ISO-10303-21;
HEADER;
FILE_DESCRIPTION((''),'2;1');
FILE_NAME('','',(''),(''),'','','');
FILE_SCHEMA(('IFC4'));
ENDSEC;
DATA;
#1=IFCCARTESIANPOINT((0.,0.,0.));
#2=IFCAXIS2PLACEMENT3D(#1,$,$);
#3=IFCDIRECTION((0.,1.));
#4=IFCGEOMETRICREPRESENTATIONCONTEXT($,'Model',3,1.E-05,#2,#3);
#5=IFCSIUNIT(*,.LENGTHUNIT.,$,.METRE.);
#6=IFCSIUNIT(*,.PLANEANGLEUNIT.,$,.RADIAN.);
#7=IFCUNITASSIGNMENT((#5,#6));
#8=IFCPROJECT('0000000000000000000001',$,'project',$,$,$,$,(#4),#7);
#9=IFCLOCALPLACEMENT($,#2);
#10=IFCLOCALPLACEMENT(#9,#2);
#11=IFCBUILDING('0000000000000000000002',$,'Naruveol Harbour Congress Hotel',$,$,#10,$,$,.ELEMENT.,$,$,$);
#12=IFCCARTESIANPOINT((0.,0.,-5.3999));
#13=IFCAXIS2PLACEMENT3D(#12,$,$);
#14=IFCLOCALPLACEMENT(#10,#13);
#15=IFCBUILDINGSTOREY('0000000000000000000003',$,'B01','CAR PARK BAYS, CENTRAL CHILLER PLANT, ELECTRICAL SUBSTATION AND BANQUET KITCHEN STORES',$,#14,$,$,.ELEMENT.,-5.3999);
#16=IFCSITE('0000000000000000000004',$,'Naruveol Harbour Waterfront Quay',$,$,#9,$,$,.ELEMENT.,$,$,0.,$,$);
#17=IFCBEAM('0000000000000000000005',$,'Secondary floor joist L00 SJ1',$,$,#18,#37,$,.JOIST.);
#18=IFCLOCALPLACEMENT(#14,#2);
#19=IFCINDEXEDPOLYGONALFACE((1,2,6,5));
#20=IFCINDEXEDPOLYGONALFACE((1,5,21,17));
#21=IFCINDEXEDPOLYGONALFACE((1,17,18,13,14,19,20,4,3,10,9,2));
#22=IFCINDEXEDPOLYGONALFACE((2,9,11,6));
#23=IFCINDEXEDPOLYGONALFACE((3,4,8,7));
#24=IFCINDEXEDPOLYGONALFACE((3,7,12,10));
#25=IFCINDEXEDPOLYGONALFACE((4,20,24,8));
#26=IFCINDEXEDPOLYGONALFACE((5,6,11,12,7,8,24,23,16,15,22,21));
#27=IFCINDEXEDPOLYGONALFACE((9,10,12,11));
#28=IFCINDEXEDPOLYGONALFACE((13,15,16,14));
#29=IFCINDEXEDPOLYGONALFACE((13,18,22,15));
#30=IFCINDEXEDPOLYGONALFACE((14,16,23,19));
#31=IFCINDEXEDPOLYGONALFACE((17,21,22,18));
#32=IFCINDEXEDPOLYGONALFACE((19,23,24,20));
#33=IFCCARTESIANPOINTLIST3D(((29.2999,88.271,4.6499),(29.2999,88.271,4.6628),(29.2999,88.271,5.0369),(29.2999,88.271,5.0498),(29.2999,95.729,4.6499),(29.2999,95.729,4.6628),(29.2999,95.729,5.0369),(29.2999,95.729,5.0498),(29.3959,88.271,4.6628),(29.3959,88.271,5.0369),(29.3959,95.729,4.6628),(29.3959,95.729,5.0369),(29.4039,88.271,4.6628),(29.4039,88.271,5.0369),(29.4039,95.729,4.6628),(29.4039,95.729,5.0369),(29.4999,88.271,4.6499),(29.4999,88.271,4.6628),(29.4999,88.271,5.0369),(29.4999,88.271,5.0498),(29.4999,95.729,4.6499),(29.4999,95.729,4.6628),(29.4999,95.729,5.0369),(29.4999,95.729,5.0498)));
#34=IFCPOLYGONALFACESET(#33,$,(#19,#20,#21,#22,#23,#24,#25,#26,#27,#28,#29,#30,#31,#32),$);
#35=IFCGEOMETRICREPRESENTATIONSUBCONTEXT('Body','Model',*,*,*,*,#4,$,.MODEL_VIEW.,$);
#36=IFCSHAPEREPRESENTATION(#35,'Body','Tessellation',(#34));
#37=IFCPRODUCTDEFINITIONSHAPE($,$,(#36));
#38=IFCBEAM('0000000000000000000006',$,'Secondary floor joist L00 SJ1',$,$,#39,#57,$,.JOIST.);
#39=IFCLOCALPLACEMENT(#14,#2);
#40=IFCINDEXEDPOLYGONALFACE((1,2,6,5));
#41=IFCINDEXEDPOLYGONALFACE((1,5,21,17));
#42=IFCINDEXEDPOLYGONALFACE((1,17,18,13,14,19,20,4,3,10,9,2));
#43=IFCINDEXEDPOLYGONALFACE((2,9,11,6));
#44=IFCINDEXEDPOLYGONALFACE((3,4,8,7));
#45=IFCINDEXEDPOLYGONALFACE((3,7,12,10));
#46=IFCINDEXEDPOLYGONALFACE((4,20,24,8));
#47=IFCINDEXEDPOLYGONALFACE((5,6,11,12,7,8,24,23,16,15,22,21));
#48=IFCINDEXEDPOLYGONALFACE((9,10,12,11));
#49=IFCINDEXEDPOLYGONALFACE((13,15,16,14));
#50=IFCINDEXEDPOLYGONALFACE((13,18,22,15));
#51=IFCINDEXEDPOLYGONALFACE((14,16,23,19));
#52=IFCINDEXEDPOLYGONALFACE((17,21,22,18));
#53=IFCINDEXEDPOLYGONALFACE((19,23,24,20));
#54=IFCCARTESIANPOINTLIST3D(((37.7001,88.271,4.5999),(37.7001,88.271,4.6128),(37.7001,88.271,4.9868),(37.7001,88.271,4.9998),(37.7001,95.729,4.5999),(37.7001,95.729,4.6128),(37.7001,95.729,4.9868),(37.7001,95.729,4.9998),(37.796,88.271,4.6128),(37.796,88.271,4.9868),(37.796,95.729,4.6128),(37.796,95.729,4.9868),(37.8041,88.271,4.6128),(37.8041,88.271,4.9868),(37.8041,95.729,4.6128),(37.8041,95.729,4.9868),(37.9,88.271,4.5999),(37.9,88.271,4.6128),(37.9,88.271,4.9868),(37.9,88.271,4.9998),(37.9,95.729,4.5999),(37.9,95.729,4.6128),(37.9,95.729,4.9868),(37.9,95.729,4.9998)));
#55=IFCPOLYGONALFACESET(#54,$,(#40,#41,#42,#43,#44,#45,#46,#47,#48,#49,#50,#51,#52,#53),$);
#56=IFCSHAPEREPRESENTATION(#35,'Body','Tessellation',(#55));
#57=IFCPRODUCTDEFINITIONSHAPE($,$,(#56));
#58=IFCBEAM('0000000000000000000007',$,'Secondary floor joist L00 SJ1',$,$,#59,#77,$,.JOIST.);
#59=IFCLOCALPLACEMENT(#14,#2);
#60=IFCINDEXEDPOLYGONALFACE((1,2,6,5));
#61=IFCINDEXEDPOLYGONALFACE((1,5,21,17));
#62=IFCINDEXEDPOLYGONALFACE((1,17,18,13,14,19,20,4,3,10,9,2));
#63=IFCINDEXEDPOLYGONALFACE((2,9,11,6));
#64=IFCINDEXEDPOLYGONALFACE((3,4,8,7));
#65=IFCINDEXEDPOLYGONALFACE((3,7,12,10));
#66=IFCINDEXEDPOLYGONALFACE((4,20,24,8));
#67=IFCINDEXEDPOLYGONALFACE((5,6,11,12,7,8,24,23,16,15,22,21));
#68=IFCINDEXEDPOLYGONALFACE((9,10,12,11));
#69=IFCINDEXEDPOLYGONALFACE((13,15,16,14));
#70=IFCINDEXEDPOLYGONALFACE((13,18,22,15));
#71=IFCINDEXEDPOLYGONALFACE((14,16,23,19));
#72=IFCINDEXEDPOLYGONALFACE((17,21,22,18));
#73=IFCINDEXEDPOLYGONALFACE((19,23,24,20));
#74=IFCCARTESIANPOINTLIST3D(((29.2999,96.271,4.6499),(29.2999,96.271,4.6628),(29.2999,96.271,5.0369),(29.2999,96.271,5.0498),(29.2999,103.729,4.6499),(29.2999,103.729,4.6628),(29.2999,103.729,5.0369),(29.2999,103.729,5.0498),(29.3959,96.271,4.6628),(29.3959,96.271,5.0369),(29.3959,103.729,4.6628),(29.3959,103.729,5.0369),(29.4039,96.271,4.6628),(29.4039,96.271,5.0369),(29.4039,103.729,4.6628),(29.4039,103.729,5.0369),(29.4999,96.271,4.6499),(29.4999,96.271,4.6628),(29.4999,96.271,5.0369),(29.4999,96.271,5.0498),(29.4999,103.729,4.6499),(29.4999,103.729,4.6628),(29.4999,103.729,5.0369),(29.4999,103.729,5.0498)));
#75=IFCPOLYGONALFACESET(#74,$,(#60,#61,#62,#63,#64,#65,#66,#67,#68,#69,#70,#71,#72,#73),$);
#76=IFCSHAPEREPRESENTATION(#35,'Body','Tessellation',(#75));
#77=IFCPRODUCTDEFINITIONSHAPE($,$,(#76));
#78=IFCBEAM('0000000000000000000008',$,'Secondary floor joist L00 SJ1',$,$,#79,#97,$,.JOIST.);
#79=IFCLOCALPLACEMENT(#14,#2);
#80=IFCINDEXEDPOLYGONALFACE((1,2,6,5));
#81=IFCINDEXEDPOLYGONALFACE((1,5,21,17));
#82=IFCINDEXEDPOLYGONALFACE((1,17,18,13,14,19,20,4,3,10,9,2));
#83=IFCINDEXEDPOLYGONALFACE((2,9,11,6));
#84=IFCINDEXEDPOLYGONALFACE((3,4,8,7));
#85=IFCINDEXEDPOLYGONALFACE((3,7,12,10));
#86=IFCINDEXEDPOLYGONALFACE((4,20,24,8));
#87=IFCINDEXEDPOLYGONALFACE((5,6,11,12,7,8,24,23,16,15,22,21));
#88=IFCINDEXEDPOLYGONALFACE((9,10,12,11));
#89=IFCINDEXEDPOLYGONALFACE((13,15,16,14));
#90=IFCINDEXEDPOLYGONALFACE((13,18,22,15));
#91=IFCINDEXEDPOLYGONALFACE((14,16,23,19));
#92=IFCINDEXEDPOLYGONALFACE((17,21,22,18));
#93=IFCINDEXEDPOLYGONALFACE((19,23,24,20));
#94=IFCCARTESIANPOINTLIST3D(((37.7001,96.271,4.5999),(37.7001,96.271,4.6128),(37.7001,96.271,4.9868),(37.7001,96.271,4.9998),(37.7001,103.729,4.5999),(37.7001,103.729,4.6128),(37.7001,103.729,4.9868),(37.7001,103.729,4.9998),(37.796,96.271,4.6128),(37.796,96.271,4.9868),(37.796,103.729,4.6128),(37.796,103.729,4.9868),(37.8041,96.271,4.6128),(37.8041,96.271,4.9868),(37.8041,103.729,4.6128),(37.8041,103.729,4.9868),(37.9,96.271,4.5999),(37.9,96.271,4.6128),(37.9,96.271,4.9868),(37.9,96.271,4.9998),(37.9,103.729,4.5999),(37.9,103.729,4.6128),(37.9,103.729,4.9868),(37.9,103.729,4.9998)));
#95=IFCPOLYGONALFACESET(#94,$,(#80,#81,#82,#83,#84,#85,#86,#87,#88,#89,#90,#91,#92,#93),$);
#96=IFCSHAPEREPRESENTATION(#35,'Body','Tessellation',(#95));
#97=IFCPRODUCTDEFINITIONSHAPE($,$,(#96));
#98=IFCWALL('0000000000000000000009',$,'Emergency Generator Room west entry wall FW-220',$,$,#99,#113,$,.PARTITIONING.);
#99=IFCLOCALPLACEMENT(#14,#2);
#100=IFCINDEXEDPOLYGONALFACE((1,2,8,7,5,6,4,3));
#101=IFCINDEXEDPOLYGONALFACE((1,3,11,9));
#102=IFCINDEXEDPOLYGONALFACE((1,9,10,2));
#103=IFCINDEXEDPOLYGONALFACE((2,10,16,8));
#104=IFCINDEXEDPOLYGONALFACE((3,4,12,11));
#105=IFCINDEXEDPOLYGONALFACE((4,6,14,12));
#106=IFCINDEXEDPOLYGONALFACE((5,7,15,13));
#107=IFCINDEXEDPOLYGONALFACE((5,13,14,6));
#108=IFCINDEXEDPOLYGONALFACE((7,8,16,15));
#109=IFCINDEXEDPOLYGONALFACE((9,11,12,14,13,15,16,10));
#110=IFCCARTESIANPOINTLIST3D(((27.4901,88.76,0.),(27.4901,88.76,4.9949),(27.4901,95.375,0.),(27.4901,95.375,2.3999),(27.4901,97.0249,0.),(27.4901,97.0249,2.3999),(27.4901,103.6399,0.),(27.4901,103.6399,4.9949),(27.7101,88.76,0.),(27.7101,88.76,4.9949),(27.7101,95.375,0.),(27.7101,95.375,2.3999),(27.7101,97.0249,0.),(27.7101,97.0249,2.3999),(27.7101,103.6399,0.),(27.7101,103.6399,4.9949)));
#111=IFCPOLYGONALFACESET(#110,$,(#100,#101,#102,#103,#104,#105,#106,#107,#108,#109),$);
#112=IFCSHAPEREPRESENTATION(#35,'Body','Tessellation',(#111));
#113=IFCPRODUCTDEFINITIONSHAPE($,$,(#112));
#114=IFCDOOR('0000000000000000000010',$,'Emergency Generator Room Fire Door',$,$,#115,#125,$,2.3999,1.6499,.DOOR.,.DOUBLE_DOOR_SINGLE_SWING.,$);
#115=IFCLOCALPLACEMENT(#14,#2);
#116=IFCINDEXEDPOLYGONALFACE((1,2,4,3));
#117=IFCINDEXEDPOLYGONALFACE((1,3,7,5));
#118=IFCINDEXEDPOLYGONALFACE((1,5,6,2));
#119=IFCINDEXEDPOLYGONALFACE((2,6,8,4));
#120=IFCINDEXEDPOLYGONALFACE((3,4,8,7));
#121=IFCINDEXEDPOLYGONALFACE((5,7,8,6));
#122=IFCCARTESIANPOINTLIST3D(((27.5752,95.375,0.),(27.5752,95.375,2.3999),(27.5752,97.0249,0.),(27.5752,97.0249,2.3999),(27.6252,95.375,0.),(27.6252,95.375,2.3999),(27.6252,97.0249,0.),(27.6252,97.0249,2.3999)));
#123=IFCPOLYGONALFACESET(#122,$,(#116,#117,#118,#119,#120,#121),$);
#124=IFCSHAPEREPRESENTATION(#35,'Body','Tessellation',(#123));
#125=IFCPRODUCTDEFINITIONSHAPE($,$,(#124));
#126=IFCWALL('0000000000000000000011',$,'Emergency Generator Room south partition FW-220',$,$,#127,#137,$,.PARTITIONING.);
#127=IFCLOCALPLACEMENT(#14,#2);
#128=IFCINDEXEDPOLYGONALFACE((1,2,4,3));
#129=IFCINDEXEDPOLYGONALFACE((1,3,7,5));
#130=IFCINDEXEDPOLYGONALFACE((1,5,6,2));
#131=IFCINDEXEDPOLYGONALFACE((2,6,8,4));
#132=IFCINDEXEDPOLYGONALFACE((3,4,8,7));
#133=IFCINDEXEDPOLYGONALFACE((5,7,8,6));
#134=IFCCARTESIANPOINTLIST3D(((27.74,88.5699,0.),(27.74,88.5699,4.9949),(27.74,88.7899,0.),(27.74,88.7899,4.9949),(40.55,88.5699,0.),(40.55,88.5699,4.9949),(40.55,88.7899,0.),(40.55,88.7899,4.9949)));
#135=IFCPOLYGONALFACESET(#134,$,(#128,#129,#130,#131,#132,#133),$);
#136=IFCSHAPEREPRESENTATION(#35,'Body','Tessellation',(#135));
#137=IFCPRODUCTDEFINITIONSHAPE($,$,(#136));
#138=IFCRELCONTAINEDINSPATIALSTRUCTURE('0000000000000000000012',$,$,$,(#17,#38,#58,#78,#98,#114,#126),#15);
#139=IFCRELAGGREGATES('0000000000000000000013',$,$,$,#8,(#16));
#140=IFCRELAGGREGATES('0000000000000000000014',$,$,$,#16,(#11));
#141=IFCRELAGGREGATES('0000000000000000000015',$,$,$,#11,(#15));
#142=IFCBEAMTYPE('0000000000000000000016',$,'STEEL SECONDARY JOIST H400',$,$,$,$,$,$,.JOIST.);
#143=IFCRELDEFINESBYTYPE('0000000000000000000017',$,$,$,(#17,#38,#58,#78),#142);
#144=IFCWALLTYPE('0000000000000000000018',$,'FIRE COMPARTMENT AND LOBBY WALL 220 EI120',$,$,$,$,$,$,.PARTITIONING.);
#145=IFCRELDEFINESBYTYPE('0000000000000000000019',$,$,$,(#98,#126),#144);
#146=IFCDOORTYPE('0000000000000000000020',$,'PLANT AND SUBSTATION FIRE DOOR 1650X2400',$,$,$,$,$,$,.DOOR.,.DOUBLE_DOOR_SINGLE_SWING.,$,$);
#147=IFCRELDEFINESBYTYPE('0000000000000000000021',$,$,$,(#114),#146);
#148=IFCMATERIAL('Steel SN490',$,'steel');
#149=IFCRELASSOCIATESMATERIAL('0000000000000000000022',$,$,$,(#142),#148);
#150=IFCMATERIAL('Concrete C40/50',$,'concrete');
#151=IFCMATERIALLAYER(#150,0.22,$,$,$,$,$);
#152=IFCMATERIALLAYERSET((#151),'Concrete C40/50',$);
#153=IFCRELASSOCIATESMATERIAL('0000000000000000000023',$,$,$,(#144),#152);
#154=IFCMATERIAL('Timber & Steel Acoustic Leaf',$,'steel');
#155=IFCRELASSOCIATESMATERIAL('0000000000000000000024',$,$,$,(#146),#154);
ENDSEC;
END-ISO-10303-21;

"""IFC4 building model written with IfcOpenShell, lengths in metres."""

from ifc_helpers import new_model, si_unit, direction, frame, frame_2d, origin, origin_2d, place, context, subcontext, project, spatial, rectangle, i_section, extrude, material, layer, layer_set, material_profile, profile_set, type_object, element, fill, save


model = new_model("IFC4")

# Units and contexts
model_context = context("Model", 3, precision=1e-05, world=origin(), true_north=direction((0.0, 1.0)))
body_context = subcontext(model_context, "Body", "Model", "MODEL_VIEW")
ifc_project = project(units=[si_unit("LENGTHUNIT", "METRE"), si_unit("PLANEANGLEUNIT", "RADIAN")], contexts=[model_context])

# Site, building, storey
site_placement = place(None, origin())
site = spatial("IfcSite", under=ifc_project, at=site_placement, Name="Naruveol Harbour Waterfront Quay", CompositionType="ELEMENT", RefElevation=0.0)
building_placement = place(site_placement, origin())
building = spatial("IfcBuilding", under=site, at=building_placement, Name="Naruveol Harbour Congress Hotel", CompositionType="ELEMENT")
storey_placement = place(building_placement, frame((0.0, 0.0, -5.3999)))
storey = spatial("IfcBuildingStorey", under=building, at=storey_placement, Name="B01", Description="CAR PARK BAYS, CENTRAL CHILLER PLANT, ELECTRICAL SUBSTATION AND BANQUET KITCHEN STORES", CompositionType="ELEMENT", Elevation=-5.3999)

# Beams
ifc_material_1 = material(Name="Steel SN490", Category="steel")
ifc_material_profile_1 = material_profile(ifc_material_1, i_section(OverallWidth=0.2, OverallDepth=0.3999, WebThickness=0.0081, FlangeThickness=0.0129, at=origin_2d()), Name="H-400x200x8x13")
ifc_profile_set_1 = profile_set([ifc_material_profile_1], Name="Steel SN490")
beam_type_1 = type_object("IfcBeamType", Name="STEEL SECONDARY JOIST H400", PredefinedType="JOIST", material=ifc_profile_set_1)
for number, where, z_axis, x_axis, name in (
    (1, (29.3999, 88.271, 4.8499), (0.0, 1.0, 0.0), (-1.0, 0.0, 0.0), "Secondary floor joist L00 SJ1"),
    (2, (37.8, 88.271, 4.7998), (0.0, 1.0, 0.0), (-1.0, 0.0, 0.0), "Secondary floor joist L00 SJ1"),
    (3, (29.3999, 96.271, 4.8499), (0.0, 1.0, 0.0), (-1.0, 0.0, 0.0), "Secondary floor joist L00 SJ1"),
    (4, (37.8, 96.271, 4.7998), (0.0, 1.0, 0.0), (-1.0, 0.0, 0.0), "Secondary floor joist L00 SJ1"),
):
    element("IfcBeam", number, at=place(storey_placement, frame(where, z_axis=z_axis, x_axis=x_axis)), inside=storey, type_object=beam_type_1, Name=name, PredefinedType="JOIST", context=body_context, shape_type="SweptSolid", body=[
        extrude(i_section(OverallWidth=0.2, OverallDepth=0.3999, WebThickness=0.0081, FlangeThickness=0.0129, at=origin_2d()), origin(), (0.0, 0.0, 1.0), 7.458),
    ])

# Wall, opening, door
ifc_material_2 = material(Name="Concrete C40/50", Category="concrete")
ifc_layer = layer(ifc_material_2, 0.22)
ifc_layer_set = layer_set([ifc_layer], Name="Concrete C40/50")
wall_type = type_object("IfcWallType", Name="FIRE COMPARTMENT AND LOBBY WALL 220 EI120", PredefinedType="PARTITIONING", material=ifc_layer_set)
wall_1_placement = place(storey_placement, frame((27.6001, 88.76, 0.0), z_axis=(0.0, 0.0, 1.0), x_axis=(0.0, 1.0, 0.0)))
wall_1 = element("IfcWall", 5, at=wall_1_placement, inside=storey, type_object=wall_type, Name="Emergency Generator Room west entry wall FW-220", PredefinedType="PARTITIONING", context=body_context, shape_type="SweptSolid", body=[
    extrude(rectangle(XDim=14.8799, YDim=0.22, at=frame_2d((7.4399, 0.0))), origin(), (0.0, 0.0, 1.0), 4.9949),
])
opening_placement = place(wall_1_placement, frame((6.615, 0.0, 0.0)))
opening = element("IfcOpeningElement", 6, at=opening_placement, cuts=wall_1, PredefinedType="OPENING", context=body_context, shape_type="SweptSolid", body=[
    extrude(rectangle(XDim=1.6499, YDim=2.3999, at=frame_2d((0.825, 1.2))), frame((0.0, 0.1199, 0.0), z_axis=(0.0, -1.0, 0.0), x_axis=(1.0, 0.0, 0.0)), (0.0, 0.0, 1.0), 0.24),
])
ifc_material_3 = material(Name="Timber & Steel Acoustic Leaf", Category="steel")
door_type = type_object("IfcDoorType", Name="PLANT AND SUBSTATION FIRE DOOR 1650X2400", OperationType="DOUBLE_DOOR_SINGLE_SWING", PredefinedType="DOOR", material=ifc_material_3)
door_placement = place(opening_placement, origin())
door = element("IfcDoor", 7, at=door_placement, inside=storey, type_object=door_type, Name="Emergency Generator Room Fire Door", OperationType="DOUBLE_DOOR_SINGLE_SWING", OverallHeight=2.3999, OverallWidth=1.6499, PredefinedType="DOOR", context=body_context, shape_type="SweptSolid", body=[
    extrude(rectangle(XDim=1.6499, YDim=2.3999, at=frame_2d((0.825, 1.2))), frame((0.0, 0.0249, 0.0), z_axis=(0.0, -1.0, 0.0), x_axis=(1.0, 0.0, 0.0)), (0.0, 0.0, 1.0), 0.05),
])
fill(opening, door)

# Wall
wall_2_placement = place(storey_placement, frame((27.74, 88.6799, 0.0), z_axis=(0.0, 0.0, 1.0), x_axis=(1.0, 0.0, 0.0)))
element("IfcWall", 8, at=wall_2_placement, inside=storey, type_object=wall_type, Name="Emergency Generator Room south partition FW-220", PredefinedType="PARTITIONING", context=body_context, shape_type="SweptSolid", body=[
    extrude(rectangle(XDim=12.8101, YDim=0.22, at=frame_2d((6.405, 0.0))), origin(), (0.0, 0.0, 1.0), 4.9949),
])

save(model, "model.ifc")
